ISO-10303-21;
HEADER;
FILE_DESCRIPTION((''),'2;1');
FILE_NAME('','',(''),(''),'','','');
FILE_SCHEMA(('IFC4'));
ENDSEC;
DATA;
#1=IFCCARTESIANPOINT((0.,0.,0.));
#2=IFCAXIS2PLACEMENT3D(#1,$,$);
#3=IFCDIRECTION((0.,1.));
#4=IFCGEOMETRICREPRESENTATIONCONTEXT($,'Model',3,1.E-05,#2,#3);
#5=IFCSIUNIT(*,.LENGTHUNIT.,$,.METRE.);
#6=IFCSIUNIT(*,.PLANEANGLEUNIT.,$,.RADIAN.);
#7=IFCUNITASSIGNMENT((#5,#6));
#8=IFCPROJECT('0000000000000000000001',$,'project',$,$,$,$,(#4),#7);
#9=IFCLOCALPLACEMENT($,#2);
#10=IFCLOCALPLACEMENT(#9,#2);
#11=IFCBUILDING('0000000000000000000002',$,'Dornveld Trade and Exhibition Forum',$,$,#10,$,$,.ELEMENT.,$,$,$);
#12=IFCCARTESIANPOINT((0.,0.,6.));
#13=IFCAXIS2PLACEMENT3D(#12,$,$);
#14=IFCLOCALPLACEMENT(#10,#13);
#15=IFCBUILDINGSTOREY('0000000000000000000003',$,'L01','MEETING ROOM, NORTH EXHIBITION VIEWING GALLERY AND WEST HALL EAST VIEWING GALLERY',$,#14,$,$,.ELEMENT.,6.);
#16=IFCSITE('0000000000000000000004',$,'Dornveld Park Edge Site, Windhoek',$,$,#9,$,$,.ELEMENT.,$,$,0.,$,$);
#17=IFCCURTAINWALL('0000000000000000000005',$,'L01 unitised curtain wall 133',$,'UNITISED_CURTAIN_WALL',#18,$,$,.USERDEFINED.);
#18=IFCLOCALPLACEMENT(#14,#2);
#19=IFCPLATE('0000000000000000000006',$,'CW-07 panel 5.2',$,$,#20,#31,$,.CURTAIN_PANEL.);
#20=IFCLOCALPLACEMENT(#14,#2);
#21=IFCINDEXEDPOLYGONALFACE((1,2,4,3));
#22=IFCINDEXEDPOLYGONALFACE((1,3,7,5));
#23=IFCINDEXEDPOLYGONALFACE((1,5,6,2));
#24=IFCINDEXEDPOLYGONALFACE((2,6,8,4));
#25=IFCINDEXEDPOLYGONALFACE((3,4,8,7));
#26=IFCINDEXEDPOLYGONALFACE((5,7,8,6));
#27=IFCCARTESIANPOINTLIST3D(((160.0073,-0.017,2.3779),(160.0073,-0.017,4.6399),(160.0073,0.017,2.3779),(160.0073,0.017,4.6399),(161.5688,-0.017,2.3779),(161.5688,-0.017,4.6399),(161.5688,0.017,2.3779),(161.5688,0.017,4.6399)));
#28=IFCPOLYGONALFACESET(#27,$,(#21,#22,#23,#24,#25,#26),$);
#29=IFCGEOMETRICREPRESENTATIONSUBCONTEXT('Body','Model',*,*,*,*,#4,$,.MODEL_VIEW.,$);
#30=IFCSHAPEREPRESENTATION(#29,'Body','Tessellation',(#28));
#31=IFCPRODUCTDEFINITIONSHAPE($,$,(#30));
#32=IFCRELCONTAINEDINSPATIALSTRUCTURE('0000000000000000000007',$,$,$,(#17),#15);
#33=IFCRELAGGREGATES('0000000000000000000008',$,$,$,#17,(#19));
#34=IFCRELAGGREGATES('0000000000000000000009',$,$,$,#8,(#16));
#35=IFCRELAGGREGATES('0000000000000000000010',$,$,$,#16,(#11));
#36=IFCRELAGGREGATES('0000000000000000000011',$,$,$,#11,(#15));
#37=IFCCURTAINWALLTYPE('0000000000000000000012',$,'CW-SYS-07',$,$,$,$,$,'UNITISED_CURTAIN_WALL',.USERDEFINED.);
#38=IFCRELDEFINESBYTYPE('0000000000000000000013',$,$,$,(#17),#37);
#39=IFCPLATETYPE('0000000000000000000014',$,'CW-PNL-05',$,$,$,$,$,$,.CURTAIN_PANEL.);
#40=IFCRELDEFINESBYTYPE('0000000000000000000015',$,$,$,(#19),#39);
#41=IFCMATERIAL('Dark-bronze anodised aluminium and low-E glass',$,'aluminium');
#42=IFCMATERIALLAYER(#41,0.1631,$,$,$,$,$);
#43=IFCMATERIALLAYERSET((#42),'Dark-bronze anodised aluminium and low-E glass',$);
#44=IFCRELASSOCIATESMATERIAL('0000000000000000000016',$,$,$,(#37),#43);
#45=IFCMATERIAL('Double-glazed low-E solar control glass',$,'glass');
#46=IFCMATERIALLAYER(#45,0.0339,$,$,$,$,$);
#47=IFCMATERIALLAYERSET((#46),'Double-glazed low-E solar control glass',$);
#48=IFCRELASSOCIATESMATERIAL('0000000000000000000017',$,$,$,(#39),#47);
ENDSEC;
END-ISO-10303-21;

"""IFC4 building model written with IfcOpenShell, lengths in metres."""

from ifc_helpers import new_model, si_unit, direction, frame, origin, origin_2d, place, context, subcontext, project, spatial, rectangle, extrude, material, layer, layer_set, type_object, element, aggregate, save


model = new_model("IFC4")

# Units and contexts
model_context = context("Model", 3, precision=1e-05, world=origin(), true_north=direction((0.0, 1.0)))
body_context = subcontext(model_context, "Body", "Model", "MODEL_VIEW")
ifc_project = project(units=[si_unit("LENGTHUNIT", "METRE"), si_unit("PLANEANGLEUNIT", "RADIAN")], contexts=[model_context])

# Site, building, storey
site_placement = place(None, origin())
site = spatial("IfcSite", under=ifc_project, at=site_placement, Name="Dornveld Park Edge Site, Windhoek", CompositionType="ELEMENT", RefElevation=0.0)
building_placement = place(site_placement, origin())
building = spatial("IfcBuilding", under=site, at=building_placement, Name="Dornveld Trade and Exhibition Forum", CompositionType="ELEMENT")
storey_placement = place(building_placement, frame((0.0, 0.0, 6.0)))
storey = spatial("IfcBuildingStorey", under=building, at=storey_placement, Name="L01", Description="MEETING ROOM, NORTH EXHIBITION VIEWING GALLERY AND WEST HALL EAST VIEWING GALLERY", CompositionType="ELEMENT", Elevation=6.0)

# Curtain wall
ifc_material_1 = material(Name="Dark-bronze anodised aluminium and low-E glass", Category="aluminium")
ifc_layer_1 = layer(ifc_material_1, 0.1631)
ifc_layer_set_1 = layer_set([ifc_layer_1], Name="Dark-bronze anodised aluminium and low-E glass")
curtain_wall_type = type_object("IfcCurtainWallType", Name="CW-SYS-07", ElementType="UNITISED_CURTAIN_WALL", PredefinedType="USERDEFINED", material=ifc_layer_set_1)
curtain_wall_placement = place(storey_placement, origin())
curtain_wall = element("IfcCurtainWall", 1, at=curtain_wall_placement, inside=storey, type_object=curtain_wall_type, Name="L01 unitised curtain wall 133", ObjectType="UNITISED_CURTAIN_WALL", PredefinedType="USERDEFINED")

# Plate
ifc_material_2 = material(Name="Double-glazed low-E solar control glass", Category="glass")
ifc_layer_2 = layer(ifc_material_2, 0.0339)
ifc_layer_set_2 = layer_set([ifc_layer_2], Name="Double-glazed low-E solar control glass")
plate_type = type_object("IfcPlateType", Name="CW-PNL-05", PredefinedType="CURTAIN_PANEL", material=ifc_layer_set_2)
plate_1_placement = place(storey_placement, frame((160.7881, 0.0, 2.3779), z_axis=(0.0, 0.0, 1.0), x_axis=(1.0, 0.0, 0.0)))
plate_1 = element("IfcPlate", 2, at=plate_1_placement, type_object=plate_type, Name="CW-07 panel 5.2", PredefinedType="CURTAIN_PANEL", context=body_context, shape_type="SweptSolid", body=[
    extrude(rectangle(XDim=1.5615, YDim=0.0339, at=origin_2d()), origin(), (0.0, 0.0, 1.0), 2.262),
])
aggregate(curtain_wall, [plate_1])

save(model, "model.ifc")
